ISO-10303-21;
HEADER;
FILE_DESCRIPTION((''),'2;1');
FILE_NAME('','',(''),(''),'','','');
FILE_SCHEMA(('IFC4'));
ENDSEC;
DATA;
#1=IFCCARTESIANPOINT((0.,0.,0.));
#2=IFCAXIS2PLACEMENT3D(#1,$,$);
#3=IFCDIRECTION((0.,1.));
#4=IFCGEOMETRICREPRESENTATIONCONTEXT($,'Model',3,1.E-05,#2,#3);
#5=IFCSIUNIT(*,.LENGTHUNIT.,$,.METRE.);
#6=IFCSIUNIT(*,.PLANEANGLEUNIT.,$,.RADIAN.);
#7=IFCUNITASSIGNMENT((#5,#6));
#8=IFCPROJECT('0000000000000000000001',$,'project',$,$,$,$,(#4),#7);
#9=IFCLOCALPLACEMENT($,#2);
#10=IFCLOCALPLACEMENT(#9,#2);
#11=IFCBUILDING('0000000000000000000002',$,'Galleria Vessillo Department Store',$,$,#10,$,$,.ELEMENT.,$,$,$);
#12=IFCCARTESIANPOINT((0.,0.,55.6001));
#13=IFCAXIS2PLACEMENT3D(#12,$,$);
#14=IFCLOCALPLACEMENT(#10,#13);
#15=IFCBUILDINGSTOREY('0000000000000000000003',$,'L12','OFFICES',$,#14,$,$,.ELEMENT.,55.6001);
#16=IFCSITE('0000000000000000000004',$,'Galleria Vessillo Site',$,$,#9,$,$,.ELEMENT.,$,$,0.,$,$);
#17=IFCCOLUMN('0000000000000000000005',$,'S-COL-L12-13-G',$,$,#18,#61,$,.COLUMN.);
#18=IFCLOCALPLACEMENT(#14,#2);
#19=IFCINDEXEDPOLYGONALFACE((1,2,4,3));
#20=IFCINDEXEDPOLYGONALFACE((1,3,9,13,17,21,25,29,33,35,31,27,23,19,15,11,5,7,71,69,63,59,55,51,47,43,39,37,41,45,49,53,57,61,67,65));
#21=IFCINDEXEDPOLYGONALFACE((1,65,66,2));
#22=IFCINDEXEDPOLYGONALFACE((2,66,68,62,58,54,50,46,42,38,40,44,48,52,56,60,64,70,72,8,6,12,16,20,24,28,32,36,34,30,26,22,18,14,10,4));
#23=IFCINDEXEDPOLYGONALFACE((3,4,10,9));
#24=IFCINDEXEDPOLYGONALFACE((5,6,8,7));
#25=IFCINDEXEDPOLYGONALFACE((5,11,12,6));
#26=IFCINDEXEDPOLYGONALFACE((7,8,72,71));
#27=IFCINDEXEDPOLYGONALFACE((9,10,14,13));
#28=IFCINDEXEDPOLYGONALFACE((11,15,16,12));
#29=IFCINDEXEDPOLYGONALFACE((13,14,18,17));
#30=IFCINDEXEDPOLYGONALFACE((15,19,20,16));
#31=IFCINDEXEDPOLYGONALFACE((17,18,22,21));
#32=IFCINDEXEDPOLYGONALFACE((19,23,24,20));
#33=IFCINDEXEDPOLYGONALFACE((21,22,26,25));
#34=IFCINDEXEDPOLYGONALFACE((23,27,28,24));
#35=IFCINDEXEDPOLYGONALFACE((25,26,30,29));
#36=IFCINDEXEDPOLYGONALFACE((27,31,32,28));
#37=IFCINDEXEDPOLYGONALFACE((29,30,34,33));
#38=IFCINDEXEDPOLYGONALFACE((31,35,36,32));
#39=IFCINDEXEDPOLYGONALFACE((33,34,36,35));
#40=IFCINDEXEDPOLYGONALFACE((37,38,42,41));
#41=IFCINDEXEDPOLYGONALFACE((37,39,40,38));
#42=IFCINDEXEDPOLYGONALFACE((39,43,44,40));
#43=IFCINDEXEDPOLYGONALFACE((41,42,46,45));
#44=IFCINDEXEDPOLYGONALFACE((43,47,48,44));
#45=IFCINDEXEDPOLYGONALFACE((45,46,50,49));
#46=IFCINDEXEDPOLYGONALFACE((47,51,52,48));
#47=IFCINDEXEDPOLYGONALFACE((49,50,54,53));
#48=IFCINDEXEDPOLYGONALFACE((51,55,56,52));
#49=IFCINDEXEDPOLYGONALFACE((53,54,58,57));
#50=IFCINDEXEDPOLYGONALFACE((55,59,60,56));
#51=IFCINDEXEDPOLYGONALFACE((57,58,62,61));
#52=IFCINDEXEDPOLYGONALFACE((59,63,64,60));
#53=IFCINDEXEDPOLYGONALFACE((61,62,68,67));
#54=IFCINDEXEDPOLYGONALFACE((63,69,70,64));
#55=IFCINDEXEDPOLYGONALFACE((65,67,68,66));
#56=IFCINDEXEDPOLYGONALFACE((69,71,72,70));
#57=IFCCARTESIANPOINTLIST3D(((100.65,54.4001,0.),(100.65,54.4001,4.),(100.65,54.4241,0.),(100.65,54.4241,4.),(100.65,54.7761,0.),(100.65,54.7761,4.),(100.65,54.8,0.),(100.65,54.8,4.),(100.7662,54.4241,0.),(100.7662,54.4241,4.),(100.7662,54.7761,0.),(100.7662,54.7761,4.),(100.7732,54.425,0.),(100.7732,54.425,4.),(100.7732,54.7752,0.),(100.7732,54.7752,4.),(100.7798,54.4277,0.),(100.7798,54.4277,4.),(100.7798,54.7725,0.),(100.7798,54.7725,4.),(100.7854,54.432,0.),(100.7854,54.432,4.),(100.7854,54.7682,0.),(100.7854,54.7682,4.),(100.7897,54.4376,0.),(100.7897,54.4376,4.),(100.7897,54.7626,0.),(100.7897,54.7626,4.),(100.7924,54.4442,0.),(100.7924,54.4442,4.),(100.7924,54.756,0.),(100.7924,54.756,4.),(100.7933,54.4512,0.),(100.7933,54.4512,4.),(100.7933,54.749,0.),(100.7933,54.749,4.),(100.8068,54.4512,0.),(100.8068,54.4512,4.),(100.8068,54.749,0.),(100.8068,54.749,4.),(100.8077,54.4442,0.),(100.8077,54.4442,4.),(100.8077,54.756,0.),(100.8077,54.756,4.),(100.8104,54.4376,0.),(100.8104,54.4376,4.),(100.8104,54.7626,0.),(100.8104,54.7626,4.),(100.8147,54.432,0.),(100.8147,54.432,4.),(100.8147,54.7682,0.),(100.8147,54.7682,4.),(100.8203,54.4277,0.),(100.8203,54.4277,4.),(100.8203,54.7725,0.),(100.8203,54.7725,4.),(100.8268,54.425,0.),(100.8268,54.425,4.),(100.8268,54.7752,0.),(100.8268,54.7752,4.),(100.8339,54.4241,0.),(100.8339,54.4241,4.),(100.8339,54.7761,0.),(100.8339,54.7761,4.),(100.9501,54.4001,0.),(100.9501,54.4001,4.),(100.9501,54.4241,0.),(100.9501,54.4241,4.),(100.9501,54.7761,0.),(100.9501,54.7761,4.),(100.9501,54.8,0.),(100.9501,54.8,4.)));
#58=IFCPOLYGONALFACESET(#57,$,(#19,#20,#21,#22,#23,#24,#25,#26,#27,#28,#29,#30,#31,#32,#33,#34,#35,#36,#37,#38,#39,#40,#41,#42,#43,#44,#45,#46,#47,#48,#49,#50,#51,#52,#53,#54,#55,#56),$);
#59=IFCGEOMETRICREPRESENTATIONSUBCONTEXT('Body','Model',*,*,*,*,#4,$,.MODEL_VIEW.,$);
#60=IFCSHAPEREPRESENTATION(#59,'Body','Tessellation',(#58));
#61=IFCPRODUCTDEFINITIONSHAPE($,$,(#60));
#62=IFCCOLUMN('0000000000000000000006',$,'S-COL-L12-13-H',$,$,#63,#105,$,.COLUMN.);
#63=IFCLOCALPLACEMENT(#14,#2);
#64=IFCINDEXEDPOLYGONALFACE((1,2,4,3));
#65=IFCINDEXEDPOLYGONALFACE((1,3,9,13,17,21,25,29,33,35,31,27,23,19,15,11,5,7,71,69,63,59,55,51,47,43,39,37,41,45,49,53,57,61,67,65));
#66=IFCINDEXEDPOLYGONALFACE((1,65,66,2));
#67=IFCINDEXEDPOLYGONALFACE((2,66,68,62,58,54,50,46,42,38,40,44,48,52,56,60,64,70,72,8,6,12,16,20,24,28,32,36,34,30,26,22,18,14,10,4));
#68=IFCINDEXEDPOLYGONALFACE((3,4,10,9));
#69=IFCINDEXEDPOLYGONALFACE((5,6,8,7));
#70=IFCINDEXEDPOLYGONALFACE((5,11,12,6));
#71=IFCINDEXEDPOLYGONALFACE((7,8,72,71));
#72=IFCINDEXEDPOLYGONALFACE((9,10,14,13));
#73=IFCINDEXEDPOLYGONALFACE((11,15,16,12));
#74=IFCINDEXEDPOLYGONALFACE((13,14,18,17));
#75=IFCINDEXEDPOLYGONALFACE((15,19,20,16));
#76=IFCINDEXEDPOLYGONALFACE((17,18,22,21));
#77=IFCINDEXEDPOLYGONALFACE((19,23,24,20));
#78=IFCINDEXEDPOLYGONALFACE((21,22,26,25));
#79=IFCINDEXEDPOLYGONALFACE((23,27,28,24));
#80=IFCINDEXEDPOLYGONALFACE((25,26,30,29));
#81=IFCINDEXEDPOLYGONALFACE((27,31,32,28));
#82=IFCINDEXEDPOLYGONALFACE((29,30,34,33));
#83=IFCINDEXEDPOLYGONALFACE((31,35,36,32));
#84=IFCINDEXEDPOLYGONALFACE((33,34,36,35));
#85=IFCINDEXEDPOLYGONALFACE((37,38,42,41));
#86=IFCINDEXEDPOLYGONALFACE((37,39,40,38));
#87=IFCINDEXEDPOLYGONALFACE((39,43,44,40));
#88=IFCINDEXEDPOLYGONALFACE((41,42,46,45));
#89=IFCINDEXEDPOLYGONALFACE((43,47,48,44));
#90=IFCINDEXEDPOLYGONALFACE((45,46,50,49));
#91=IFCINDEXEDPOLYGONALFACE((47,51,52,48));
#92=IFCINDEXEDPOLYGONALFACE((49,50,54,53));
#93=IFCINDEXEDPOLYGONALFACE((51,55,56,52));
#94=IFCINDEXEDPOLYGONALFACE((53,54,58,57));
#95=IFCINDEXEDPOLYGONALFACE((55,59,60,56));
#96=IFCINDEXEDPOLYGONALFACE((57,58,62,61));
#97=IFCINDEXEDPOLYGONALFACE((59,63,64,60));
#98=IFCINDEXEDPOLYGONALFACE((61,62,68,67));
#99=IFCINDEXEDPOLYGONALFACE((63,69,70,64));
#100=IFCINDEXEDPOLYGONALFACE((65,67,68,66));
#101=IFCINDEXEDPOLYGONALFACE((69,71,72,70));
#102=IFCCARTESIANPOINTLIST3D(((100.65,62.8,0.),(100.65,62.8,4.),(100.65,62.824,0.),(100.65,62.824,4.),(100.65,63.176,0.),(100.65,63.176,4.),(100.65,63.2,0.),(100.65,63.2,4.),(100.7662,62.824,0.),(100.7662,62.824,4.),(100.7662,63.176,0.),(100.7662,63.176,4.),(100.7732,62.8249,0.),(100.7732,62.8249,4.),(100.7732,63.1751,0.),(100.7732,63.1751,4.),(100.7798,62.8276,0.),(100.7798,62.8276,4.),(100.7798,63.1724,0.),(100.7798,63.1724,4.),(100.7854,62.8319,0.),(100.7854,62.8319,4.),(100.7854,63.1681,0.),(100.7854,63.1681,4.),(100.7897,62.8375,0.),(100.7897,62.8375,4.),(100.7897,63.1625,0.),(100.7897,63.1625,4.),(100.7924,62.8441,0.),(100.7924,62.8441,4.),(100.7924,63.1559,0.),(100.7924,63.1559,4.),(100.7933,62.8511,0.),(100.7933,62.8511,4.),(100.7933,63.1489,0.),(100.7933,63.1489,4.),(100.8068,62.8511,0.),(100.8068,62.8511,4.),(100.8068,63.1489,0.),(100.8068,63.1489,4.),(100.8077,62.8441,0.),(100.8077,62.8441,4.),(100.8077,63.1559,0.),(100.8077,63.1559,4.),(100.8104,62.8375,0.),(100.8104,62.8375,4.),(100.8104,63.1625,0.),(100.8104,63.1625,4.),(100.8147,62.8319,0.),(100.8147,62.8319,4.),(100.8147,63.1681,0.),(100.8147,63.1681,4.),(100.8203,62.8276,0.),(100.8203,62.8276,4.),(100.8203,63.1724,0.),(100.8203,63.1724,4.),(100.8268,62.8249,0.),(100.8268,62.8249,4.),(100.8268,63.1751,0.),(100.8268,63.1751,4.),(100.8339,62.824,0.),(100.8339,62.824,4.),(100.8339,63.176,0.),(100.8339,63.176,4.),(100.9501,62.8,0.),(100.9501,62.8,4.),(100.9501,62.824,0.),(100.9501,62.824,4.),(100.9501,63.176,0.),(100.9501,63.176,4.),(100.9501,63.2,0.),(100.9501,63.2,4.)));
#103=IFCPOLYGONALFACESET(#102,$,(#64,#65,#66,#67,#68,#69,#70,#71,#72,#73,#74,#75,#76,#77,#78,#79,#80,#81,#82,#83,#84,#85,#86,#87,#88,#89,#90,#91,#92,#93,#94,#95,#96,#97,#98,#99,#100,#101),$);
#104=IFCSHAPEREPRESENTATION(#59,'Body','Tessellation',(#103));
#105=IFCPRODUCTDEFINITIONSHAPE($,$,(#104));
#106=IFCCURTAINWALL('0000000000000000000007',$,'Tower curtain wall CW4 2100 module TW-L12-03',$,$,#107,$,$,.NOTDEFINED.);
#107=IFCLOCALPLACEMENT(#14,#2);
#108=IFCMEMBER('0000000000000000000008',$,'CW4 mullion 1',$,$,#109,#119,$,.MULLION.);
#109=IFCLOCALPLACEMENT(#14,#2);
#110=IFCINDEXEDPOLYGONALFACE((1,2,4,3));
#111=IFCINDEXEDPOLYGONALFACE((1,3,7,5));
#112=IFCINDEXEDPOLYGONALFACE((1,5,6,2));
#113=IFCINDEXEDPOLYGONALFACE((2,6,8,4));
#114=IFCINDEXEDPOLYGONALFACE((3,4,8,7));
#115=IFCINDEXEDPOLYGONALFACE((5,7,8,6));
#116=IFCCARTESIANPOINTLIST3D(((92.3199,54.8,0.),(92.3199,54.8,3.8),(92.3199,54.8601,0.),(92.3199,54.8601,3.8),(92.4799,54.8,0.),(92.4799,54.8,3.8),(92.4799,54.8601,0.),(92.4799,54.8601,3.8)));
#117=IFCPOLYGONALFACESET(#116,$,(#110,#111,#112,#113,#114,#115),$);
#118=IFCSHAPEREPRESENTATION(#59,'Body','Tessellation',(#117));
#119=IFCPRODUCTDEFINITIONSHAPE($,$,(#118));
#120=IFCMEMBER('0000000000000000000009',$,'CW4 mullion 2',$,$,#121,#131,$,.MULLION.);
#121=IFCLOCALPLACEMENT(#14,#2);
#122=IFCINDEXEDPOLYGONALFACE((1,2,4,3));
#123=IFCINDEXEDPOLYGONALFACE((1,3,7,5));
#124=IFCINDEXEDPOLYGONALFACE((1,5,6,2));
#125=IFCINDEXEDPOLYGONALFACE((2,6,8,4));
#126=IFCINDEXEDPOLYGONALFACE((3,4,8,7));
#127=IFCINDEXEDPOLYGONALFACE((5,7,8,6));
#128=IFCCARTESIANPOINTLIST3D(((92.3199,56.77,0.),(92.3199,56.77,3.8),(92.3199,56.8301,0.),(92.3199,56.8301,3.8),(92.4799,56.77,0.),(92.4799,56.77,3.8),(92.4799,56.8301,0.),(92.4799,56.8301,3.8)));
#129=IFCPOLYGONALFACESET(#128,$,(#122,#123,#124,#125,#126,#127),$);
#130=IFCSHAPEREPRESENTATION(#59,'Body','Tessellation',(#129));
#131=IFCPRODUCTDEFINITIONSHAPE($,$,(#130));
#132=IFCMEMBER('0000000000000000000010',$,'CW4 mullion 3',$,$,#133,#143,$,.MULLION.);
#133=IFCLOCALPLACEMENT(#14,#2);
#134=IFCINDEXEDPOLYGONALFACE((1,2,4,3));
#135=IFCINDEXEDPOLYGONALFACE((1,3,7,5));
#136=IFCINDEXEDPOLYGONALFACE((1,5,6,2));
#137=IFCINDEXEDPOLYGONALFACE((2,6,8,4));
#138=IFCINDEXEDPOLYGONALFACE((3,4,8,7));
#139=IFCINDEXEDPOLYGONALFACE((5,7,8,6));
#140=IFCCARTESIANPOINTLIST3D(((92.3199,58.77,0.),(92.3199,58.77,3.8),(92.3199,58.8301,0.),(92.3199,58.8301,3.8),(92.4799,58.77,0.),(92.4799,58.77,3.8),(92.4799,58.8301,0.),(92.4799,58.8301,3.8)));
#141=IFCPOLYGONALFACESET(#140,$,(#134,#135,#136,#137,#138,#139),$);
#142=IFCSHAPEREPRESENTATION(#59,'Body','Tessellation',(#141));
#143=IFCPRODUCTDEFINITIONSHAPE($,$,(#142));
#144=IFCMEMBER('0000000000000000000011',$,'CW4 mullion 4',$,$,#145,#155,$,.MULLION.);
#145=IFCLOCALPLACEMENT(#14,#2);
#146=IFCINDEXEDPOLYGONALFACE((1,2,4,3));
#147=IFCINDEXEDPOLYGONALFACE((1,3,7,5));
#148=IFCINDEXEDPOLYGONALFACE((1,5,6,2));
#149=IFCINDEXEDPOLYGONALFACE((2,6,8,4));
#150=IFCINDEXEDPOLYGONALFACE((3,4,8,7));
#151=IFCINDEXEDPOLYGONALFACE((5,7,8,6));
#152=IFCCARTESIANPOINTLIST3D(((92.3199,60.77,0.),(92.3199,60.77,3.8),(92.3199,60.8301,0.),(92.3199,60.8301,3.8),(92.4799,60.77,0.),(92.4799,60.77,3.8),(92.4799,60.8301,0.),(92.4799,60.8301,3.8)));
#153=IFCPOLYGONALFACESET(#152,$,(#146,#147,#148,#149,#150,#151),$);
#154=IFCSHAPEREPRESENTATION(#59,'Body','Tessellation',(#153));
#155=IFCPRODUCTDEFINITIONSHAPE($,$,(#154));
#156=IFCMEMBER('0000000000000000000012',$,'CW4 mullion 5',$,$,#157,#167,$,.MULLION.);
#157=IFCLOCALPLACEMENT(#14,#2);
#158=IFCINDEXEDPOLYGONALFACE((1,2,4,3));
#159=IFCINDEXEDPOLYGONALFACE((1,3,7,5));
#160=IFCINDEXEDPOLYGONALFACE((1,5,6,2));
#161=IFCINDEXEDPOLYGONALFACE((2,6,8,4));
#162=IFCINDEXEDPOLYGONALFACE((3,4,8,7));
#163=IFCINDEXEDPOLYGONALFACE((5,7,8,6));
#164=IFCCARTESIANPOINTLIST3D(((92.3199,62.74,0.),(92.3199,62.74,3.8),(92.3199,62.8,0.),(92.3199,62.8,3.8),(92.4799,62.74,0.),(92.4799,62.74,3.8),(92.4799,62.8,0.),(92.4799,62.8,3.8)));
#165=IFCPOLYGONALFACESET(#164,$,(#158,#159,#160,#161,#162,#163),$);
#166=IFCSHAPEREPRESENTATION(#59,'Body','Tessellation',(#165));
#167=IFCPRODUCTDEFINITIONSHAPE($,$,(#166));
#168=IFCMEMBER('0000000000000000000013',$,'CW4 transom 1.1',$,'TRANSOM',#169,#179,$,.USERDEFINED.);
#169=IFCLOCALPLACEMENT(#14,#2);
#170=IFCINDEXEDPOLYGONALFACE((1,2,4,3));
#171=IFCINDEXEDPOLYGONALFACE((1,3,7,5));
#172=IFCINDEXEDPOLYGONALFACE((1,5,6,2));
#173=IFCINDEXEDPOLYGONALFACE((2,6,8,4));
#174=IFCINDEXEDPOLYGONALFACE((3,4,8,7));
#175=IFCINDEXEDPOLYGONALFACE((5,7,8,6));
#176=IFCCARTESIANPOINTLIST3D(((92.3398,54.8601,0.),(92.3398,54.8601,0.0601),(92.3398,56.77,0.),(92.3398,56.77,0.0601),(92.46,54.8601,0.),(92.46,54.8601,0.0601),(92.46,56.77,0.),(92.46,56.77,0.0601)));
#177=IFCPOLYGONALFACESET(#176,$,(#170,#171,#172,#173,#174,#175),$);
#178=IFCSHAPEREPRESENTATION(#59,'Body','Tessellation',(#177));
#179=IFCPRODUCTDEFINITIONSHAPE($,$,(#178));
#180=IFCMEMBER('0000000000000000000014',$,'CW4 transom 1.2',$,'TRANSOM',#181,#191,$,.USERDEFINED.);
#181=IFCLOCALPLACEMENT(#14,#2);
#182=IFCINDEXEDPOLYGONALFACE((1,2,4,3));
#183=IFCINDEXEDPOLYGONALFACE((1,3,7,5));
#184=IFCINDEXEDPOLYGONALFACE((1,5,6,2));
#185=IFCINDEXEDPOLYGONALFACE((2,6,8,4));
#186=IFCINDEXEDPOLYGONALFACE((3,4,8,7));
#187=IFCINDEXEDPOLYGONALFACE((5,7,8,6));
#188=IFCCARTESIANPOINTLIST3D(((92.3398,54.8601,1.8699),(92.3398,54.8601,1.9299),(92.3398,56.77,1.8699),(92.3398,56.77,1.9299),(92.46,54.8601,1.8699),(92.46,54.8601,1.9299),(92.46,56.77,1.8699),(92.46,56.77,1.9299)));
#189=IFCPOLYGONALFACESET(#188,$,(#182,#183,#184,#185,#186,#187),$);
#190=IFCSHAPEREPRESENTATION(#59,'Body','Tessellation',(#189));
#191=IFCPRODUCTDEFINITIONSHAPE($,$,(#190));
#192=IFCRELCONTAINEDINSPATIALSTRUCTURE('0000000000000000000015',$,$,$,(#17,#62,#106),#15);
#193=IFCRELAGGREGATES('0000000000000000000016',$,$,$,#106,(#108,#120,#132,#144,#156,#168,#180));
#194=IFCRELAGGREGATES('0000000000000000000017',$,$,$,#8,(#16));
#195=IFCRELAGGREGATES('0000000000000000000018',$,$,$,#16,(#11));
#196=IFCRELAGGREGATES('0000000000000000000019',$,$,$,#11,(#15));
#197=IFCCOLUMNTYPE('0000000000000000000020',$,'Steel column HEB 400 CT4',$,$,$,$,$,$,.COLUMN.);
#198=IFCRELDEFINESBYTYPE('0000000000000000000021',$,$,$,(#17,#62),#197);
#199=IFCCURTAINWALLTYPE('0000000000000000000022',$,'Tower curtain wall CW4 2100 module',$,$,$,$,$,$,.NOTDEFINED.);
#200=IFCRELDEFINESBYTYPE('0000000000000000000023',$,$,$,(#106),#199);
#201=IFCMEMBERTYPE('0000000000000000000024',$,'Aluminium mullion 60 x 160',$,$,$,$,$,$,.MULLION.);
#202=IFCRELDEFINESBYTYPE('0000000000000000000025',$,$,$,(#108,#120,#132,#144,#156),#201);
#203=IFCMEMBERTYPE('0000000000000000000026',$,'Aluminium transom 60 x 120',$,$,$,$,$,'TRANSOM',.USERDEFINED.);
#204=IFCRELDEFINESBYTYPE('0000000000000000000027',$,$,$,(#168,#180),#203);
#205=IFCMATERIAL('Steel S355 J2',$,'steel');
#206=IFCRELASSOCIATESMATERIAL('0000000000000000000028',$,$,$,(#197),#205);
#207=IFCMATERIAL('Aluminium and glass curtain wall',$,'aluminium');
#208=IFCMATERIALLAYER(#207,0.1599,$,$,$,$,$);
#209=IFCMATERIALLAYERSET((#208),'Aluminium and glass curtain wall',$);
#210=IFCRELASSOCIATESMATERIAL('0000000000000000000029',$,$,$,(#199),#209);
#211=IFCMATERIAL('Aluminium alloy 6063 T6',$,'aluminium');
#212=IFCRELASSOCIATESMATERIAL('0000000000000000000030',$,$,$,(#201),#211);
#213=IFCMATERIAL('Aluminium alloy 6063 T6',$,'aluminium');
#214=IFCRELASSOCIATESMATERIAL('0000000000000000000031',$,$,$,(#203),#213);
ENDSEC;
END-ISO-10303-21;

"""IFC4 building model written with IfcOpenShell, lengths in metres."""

from ifc_helpers import new_model, si_unit, direction, frame, origin, origin_2d, place, context, subcontext, project, spatial, rectangle, i_section, extrude, material, layer, layer_set, material_profile, profile_set, type_object, element, aggregate, save


model = new_model("IFC4")

# Units and contexts
model_context = context("Model", 3, precision=1e-05, world=origin(), true_north=direction((0.0, 1.0)))
body_context = subcontext(model_context, "Body", "Model", "MODEL_VIEW")
ifc_project = project(units=[si_unit("LENGTHUNIT", "METRE"), si_unit("PLANEANGLEUNIT", "RADIAN")], contexts=[model_context])

# Site, building, storey
site_placement = place(None, origin())
site = spatial("IfcSite", under=ifc_project, at=site_placement, Name="Galleria Vessillo Site", CompositionType="ELEMENT", RefElevation=0.0)
building_placement = place(site_placement, origin())
building = spatial("IfcBuilding", under=site, at=building_placement, Name="Galleria Vessillo Department Store", CompositionType="ELEMENT")
storey_placement = place(building_placement, frame((0.0, 0.0, 55.6001)))
storey = spatial("IfcBuildingStorey", under=building, at=storey_placement, Name="L12", Description="OFFICES", CompositionType="ELEMENT", Elevation=55.6001)

# Columns
ifc_material_1 = material(Name="Steel S355 J2", Category="steel")
ifc_material_profile_1 = material_profile(ifc_material_1, i_section(OverallWidth=0.3, OverallDepth=0.3999, WebThickness=0.0134, FlangeThickness=0.0239, FilletRadius=0.0271, at=origin_2d()), Name="HEB 400")
ifc_profile_set_1 = profile_set([ifc_material_profile_1], Name="Steel S355 J2")
column_type = type_object("IfcColumnType", Name="Steel column HEB 400 CT4", PredefinedType="COLUMN", material=ifc_profile_set_1)
for number, where, z_axis, x_axis, name in (
    (1, (100.8, 54.6001, 0.0), (0.0, 0.0, 1.0), (1.0, 0.0, 0.0), "S-COL-L12-13-G"),
    (2, (100.8, 63.0, 0.0), (0.0, 0.0, 1.0), (1.0, 0.0, 0.0), "S-COL-L12-13-H"),
):
    element("IfcColumn", number, at=place(storey_placement, frame(where, z_axis=z_axis, x_axis=x_axis)), inside=storey, type_object=column_type, Name=name, PredefinedType="COLUMN", context=body_context, shape_type="SweptSolid", body=[
        extrude(i_section(OverallWidth=0.3, OverallDepth=0.3999, WebThickness=0.0134, FlangeThickness=0.0239, FilletRadius=0.0271, at=origin_2d()), origin(), (0.0, 0.0, 1.0), 4.0),
    ])

# Curtain wall, members
ifc_material_2 = material(Name="Aluminium and glass curtain wall", Category="aluminium")
ifc_layer_1 = layer(ifc_material_2, 0.1599)
ifc_layer_set_1 = layer_set([ifc_layer_1], Name="Aluminium and glass curtain wall")
curtain_wall_type = type_object("IfcCurtainWallType", Name="Tower curtain wall CW4 2100 module", PredefinedType="NOTDEFINED", material=ifc_layer_set_1)
curtain_wall_1_placement = place(storey_placement, origin())
curtain_wall_1 = element("IfcCurtainWall", 3, at=curtain_wall_1_placement, inside=storey, type_object=curtain_wall_type, Name="Tower curtain wall CW4 2100 module TW-L12-03", PredefinedType="NOTDEFINED")
ifc_material_3 = material(Name="Aluminium alloy 6063 T6", Category="aluminium")
ifc_material_profile_2 = material_profile(ifc_material_3, rectangle(XDim=0.1599, YDim=0.0601, at=origin_2d()), Name="AL 60x160")
ifc_profile_set_2 = profile_set([ifc_material_profile_2], Name="Aluminium alloy 6063 T6")
member_type_1 = type_object("IfcMemberType", Name="Aluminium mullion 60 x 160", PredefinedType="MULLION", material=ifc_profile_set_2)
member_1_placement = place(storey_placement, frame((92.3999, 54.8301, 0.0), z_axis=(0.0, 0.0, 1.0), x_axis=(-1.0, 0.0, 0.0)))
member_1 = element("IfcMember", 4, at=member_1_placement, type_object=member_type_1, Name="CW4 mullion 1", PredefinedType="MULLION", context=body_context, shape_type="SweptSolid", body=[
    extrude(rectangle(XDim=0.1599, YDim=0.0601, at=origin_2d()), origin(), (0.0, 0.0, 1.0), 3.8),
])
member_2_placement = place(storey_placement, frame((92.3999, 56.8, 0.0), z_axis=(0.0, 0.0, 1.0), x_axis=(-1.0, 0.0, 0.0)))
member_2 = element("IfcMember", 5, at=member_2_placement, type_object=member_type_1, Name="CW4 mullion 2", PredefinedType="MULLION", context=body_context, shape_type="SweptSolid", body=[
    extrude(rectangle(XDim=0.1599, YDim=0.0601, at=origin_2d()), origin(), (0.0, 0.0, 1.0), 3.8),
])
member_3_placement = place(storey_placement, frame((92.3999, 58.8, 0.0), z_axis=(0.0, 0.0, 1.0), x_axis=(-1.0, 0.0, 0.0)))
member_3 = element("IfcMember", 6, at=member_3_placement, type_object=member_type_1, Name="CW4 mullion 3", PredefinedType="MULLION", context=body_context, shape_type="SweptSolid", body=[
    extrude(rectangle(XDim=0.1599, YDim=0.0601, at=origin_2d()), origin(), (0.0, 0.0, 1.0), 3.8),
])
member_4_placement = place(storey_placement, frame((92.3999, 60.8, 0.0), z_axis=(0.0, 0.0, 1.0), x_axis=(-1.0, 0.0, 0.0)))
member_4 = element("IfcMember", 7, at=member_4_placement, type_object=member_type_1, Name="CW4 mullion 4", PredefinedType="MULLION", context=body_context, shape_type="SweptSolid", body=[
    extrude(rectangle(XDim=0.1599, YDim=0.0601, at=origin_2d()), origin(), (0.0, 0.0, 1.0), 3.8),
])
member_5_placement = place(storey_placement, frame((92.3999, 62.77, 0.0), z_axis=(0.0, 0.0, 1.0), x_axis=(-1.0, 0.0, 0.0)))
member_5 = element("IfcMember", 8, at=member_5_placement, type_object=member_type_1, Name="CW4 mullion 5", PredefinedType="MULLION", context=body_context, shape_type="SweptSolid", body=[
    extrude(rectangle(XDim=0.1599, YDim=0.0601, at=origin_2d()), origin(), (0.0, 0.0, 1.0), 3.8),
])
ifc_material_4 = material(Name="Aluminium alloy 6063 T6", Category="aluminium")
ifc_material_profile_3 = material_profile(ifc_material_4, rectangle(XDim=0.1201, YDim=0.0601, at=origin_2d()), Name="AL 60x120")
ifc_profile_set_3 = profile_set([ifc_material_profile_3], Name="Aluminium alloy 6063 T6")
member_type_2 = type_object("IfcMemberType", Name="Aluminium transom 60 x 120", ElementType="TRANSOM", PredefinedType="USERDEFINED", material=ifc_profile_set_3)
member_6_placement = place(storey_placement, frame((92.3999, 54.8601, 0.03), z_axis=(0.0, 1.0, 0.0), x_axis=(-1.0, 0.0, 0.0)))
member_6 = element("IfcMember", 9, at=member_6_placement, type_object=member_type_2, Name="CW4 transom 1.1", ObjectType="TRANSOM", PredefinedType="USERDEFINED", context=body_context, shape_type="SweptSolid", body=[
    extrude(rectangle(XDim=0.1201, YDim=0.0601, at=origin_2d()), origin(), (0.0, 0.0, 1.0), 1.9099),
])
member_7_placement = place(storey_placement, frame((92.3999, 54.8601, 1.8999), z_axis=(0.0, 1.0, 0.0), x_axis=(-1.0, 0.0, 0.0)))
member_7 = element("IfcMember", 10, at=member_7_placement, type_object=member_type_2, Name="CW4 transom 1.2", ObjectType="TRANSOM", PredefinedType="USERDEFINED", context=body_context, shape_type="SweptSolid", body=[
    extrude(rectangle(XDim=0.1201, YDim=0.0601, at=origin_2d()), origin(), (0.0, 0.0, 1.0), 1.9099),
])

aggregate(curtain_wall_1, [member_1, member_2, member_3, member_4, member_5, member_6, member_7])

save(model, "model.ifc")
